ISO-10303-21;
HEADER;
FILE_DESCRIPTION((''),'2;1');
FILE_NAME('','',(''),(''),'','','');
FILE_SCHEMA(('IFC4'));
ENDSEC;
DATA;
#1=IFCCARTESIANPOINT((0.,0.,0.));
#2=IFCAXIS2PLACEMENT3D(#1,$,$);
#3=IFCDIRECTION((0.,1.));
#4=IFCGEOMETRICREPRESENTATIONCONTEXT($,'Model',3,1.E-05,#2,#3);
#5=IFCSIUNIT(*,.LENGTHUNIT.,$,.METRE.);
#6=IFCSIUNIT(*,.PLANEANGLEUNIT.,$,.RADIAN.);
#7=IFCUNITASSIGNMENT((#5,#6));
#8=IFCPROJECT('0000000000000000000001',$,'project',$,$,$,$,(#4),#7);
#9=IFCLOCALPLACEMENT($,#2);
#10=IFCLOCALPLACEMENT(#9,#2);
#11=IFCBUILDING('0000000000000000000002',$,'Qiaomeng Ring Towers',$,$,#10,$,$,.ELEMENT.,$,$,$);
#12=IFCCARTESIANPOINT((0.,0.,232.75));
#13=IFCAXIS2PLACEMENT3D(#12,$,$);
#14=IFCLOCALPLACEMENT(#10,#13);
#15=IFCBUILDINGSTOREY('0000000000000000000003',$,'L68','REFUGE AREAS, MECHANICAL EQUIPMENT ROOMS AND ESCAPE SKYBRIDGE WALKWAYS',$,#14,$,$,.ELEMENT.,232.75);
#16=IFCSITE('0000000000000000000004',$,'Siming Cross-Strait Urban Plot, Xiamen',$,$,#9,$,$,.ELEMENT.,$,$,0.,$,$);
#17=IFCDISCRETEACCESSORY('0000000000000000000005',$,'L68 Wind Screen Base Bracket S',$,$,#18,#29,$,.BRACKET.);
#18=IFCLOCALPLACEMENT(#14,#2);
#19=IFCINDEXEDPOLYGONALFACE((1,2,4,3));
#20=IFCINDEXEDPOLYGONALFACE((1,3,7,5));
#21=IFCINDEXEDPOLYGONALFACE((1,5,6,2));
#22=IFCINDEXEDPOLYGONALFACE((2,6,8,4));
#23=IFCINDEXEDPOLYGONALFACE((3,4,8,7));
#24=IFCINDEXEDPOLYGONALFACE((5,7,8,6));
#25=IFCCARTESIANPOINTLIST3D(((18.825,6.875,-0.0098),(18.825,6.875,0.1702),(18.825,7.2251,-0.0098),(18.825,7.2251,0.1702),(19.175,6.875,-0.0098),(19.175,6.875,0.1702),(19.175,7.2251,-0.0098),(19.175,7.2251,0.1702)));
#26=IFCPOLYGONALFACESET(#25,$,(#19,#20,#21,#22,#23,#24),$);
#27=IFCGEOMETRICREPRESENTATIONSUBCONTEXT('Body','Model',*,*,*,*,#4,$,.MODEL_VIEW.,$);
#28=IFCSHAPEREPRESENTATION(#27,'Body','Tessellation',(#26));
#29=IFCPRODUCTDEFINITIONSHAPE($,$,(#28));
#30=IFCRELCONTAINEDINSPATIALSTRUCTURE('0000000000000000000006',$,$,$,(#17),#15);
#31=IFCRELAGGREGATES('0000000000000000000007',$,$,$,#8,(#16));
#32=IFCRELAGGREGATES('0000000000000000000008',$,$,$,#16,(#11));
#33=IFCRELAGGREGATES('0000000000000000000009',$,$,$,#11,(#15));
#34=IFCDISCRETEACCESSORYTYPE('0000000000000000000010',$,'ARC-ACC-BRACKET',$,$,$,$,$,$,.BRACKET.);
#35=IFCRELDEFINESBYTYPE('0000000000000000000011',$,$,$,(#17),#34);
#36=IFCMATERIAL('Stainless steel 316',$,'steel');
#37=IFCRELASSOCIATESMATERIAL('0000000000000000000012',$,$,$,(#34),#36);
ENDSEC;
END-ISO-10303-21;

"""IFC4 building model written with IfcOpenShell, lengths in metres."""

from ifc_helpers import new_model, si_unit, direction, frame, origin, origin_2d, place, context, subcontext, project, spatial, rectangle, extrude, source, transform, mapped, material, type_object, element, save


model = new_model("IFC4")

# Units and contexts
model_context = context("Model", 3, precision=1e-05, world=origin(), true_north=direction((0.0, 1.0)))
body_context = subcontext(model_context, "Body", "Model", "MODEL_VIEW")
ifc_project = project(units=[si_unit("LENGTHUNIT", "METRE"), si_unit("PLANEANGLEUNIT", "RADIAN")], contexts=[model_context])

# Site, building, storey
site_placement = place(None, origin())
site = spatial("IfcSite", under=ifc_project, at=site_placement, Name="Siming Cross-Strait Urban Plot, Xiamen", CompositionType="ELEMENT", RefElevation=0.0)
building_placement = place(site_placement, origin())
building = spatial("IfcBuilding", under=site, at=building_placement, Name="Qiaomeng Ring Towers", CompositionType="ELEMENT")
storey_placement = place(building_placement, frame((0.0, 0.0, 232.75)))
storey = spatial("IfcBuildingStorey", under=building, at=storey_placement, Name="L68", Description="REFUGE AREAS, MECHANICAL EQUIPMENT ROOMS AND ESCAPE SKYBRIDGE WALKWAYS", CompositionType="ELEMENT", Elevation=232.75)

# Shared definitions
ifc_material_1 = material(Name="Stainless steel 316", Category="steel")

# Discrete accessory
discrete_accessory_type = type_object("IfcDiscreteAccessoryType", Name="ARC-ACC-BRACKET", PredefinedType="BRACKET", material=ifc_material_1)
shared_shape_1 = source(origin(), body_context, "Body", "SweptSolid", [
    extrude(rectangle(XDim=0.3501, YDim=0.3501, at=origin_2d()), origin(), (0.0, 0.0, 1.0), 0.1799),
])
discrete_accessory_placement = place(storey_placement, frame((19.0, 7.05, -0.0098), z_axis=(0.0, 0.0, 1.0), x_axis=(1.0, 0.0, 0.0)))
element("IfcDiscreteAccessory", 1, at=discrete_accessory_placement, inside=storey, type_object=discrete_accessory_type, Name="L68 Wind Screen Base Bracket S", PredefinedType="BRACKET", context=body_context, shape_type="MappedRepresentation", body=[
    mapped(shared_shape_1, transform((0.0, 0.0, 0.0), x_axis=(1.0, 0.0, 0.0), y_axis=(0.0, 1.0, 0.0), z_axis=(0.0, 0.0, 1.0), scale=1.0)),
])

save(model, "model.ifc")
